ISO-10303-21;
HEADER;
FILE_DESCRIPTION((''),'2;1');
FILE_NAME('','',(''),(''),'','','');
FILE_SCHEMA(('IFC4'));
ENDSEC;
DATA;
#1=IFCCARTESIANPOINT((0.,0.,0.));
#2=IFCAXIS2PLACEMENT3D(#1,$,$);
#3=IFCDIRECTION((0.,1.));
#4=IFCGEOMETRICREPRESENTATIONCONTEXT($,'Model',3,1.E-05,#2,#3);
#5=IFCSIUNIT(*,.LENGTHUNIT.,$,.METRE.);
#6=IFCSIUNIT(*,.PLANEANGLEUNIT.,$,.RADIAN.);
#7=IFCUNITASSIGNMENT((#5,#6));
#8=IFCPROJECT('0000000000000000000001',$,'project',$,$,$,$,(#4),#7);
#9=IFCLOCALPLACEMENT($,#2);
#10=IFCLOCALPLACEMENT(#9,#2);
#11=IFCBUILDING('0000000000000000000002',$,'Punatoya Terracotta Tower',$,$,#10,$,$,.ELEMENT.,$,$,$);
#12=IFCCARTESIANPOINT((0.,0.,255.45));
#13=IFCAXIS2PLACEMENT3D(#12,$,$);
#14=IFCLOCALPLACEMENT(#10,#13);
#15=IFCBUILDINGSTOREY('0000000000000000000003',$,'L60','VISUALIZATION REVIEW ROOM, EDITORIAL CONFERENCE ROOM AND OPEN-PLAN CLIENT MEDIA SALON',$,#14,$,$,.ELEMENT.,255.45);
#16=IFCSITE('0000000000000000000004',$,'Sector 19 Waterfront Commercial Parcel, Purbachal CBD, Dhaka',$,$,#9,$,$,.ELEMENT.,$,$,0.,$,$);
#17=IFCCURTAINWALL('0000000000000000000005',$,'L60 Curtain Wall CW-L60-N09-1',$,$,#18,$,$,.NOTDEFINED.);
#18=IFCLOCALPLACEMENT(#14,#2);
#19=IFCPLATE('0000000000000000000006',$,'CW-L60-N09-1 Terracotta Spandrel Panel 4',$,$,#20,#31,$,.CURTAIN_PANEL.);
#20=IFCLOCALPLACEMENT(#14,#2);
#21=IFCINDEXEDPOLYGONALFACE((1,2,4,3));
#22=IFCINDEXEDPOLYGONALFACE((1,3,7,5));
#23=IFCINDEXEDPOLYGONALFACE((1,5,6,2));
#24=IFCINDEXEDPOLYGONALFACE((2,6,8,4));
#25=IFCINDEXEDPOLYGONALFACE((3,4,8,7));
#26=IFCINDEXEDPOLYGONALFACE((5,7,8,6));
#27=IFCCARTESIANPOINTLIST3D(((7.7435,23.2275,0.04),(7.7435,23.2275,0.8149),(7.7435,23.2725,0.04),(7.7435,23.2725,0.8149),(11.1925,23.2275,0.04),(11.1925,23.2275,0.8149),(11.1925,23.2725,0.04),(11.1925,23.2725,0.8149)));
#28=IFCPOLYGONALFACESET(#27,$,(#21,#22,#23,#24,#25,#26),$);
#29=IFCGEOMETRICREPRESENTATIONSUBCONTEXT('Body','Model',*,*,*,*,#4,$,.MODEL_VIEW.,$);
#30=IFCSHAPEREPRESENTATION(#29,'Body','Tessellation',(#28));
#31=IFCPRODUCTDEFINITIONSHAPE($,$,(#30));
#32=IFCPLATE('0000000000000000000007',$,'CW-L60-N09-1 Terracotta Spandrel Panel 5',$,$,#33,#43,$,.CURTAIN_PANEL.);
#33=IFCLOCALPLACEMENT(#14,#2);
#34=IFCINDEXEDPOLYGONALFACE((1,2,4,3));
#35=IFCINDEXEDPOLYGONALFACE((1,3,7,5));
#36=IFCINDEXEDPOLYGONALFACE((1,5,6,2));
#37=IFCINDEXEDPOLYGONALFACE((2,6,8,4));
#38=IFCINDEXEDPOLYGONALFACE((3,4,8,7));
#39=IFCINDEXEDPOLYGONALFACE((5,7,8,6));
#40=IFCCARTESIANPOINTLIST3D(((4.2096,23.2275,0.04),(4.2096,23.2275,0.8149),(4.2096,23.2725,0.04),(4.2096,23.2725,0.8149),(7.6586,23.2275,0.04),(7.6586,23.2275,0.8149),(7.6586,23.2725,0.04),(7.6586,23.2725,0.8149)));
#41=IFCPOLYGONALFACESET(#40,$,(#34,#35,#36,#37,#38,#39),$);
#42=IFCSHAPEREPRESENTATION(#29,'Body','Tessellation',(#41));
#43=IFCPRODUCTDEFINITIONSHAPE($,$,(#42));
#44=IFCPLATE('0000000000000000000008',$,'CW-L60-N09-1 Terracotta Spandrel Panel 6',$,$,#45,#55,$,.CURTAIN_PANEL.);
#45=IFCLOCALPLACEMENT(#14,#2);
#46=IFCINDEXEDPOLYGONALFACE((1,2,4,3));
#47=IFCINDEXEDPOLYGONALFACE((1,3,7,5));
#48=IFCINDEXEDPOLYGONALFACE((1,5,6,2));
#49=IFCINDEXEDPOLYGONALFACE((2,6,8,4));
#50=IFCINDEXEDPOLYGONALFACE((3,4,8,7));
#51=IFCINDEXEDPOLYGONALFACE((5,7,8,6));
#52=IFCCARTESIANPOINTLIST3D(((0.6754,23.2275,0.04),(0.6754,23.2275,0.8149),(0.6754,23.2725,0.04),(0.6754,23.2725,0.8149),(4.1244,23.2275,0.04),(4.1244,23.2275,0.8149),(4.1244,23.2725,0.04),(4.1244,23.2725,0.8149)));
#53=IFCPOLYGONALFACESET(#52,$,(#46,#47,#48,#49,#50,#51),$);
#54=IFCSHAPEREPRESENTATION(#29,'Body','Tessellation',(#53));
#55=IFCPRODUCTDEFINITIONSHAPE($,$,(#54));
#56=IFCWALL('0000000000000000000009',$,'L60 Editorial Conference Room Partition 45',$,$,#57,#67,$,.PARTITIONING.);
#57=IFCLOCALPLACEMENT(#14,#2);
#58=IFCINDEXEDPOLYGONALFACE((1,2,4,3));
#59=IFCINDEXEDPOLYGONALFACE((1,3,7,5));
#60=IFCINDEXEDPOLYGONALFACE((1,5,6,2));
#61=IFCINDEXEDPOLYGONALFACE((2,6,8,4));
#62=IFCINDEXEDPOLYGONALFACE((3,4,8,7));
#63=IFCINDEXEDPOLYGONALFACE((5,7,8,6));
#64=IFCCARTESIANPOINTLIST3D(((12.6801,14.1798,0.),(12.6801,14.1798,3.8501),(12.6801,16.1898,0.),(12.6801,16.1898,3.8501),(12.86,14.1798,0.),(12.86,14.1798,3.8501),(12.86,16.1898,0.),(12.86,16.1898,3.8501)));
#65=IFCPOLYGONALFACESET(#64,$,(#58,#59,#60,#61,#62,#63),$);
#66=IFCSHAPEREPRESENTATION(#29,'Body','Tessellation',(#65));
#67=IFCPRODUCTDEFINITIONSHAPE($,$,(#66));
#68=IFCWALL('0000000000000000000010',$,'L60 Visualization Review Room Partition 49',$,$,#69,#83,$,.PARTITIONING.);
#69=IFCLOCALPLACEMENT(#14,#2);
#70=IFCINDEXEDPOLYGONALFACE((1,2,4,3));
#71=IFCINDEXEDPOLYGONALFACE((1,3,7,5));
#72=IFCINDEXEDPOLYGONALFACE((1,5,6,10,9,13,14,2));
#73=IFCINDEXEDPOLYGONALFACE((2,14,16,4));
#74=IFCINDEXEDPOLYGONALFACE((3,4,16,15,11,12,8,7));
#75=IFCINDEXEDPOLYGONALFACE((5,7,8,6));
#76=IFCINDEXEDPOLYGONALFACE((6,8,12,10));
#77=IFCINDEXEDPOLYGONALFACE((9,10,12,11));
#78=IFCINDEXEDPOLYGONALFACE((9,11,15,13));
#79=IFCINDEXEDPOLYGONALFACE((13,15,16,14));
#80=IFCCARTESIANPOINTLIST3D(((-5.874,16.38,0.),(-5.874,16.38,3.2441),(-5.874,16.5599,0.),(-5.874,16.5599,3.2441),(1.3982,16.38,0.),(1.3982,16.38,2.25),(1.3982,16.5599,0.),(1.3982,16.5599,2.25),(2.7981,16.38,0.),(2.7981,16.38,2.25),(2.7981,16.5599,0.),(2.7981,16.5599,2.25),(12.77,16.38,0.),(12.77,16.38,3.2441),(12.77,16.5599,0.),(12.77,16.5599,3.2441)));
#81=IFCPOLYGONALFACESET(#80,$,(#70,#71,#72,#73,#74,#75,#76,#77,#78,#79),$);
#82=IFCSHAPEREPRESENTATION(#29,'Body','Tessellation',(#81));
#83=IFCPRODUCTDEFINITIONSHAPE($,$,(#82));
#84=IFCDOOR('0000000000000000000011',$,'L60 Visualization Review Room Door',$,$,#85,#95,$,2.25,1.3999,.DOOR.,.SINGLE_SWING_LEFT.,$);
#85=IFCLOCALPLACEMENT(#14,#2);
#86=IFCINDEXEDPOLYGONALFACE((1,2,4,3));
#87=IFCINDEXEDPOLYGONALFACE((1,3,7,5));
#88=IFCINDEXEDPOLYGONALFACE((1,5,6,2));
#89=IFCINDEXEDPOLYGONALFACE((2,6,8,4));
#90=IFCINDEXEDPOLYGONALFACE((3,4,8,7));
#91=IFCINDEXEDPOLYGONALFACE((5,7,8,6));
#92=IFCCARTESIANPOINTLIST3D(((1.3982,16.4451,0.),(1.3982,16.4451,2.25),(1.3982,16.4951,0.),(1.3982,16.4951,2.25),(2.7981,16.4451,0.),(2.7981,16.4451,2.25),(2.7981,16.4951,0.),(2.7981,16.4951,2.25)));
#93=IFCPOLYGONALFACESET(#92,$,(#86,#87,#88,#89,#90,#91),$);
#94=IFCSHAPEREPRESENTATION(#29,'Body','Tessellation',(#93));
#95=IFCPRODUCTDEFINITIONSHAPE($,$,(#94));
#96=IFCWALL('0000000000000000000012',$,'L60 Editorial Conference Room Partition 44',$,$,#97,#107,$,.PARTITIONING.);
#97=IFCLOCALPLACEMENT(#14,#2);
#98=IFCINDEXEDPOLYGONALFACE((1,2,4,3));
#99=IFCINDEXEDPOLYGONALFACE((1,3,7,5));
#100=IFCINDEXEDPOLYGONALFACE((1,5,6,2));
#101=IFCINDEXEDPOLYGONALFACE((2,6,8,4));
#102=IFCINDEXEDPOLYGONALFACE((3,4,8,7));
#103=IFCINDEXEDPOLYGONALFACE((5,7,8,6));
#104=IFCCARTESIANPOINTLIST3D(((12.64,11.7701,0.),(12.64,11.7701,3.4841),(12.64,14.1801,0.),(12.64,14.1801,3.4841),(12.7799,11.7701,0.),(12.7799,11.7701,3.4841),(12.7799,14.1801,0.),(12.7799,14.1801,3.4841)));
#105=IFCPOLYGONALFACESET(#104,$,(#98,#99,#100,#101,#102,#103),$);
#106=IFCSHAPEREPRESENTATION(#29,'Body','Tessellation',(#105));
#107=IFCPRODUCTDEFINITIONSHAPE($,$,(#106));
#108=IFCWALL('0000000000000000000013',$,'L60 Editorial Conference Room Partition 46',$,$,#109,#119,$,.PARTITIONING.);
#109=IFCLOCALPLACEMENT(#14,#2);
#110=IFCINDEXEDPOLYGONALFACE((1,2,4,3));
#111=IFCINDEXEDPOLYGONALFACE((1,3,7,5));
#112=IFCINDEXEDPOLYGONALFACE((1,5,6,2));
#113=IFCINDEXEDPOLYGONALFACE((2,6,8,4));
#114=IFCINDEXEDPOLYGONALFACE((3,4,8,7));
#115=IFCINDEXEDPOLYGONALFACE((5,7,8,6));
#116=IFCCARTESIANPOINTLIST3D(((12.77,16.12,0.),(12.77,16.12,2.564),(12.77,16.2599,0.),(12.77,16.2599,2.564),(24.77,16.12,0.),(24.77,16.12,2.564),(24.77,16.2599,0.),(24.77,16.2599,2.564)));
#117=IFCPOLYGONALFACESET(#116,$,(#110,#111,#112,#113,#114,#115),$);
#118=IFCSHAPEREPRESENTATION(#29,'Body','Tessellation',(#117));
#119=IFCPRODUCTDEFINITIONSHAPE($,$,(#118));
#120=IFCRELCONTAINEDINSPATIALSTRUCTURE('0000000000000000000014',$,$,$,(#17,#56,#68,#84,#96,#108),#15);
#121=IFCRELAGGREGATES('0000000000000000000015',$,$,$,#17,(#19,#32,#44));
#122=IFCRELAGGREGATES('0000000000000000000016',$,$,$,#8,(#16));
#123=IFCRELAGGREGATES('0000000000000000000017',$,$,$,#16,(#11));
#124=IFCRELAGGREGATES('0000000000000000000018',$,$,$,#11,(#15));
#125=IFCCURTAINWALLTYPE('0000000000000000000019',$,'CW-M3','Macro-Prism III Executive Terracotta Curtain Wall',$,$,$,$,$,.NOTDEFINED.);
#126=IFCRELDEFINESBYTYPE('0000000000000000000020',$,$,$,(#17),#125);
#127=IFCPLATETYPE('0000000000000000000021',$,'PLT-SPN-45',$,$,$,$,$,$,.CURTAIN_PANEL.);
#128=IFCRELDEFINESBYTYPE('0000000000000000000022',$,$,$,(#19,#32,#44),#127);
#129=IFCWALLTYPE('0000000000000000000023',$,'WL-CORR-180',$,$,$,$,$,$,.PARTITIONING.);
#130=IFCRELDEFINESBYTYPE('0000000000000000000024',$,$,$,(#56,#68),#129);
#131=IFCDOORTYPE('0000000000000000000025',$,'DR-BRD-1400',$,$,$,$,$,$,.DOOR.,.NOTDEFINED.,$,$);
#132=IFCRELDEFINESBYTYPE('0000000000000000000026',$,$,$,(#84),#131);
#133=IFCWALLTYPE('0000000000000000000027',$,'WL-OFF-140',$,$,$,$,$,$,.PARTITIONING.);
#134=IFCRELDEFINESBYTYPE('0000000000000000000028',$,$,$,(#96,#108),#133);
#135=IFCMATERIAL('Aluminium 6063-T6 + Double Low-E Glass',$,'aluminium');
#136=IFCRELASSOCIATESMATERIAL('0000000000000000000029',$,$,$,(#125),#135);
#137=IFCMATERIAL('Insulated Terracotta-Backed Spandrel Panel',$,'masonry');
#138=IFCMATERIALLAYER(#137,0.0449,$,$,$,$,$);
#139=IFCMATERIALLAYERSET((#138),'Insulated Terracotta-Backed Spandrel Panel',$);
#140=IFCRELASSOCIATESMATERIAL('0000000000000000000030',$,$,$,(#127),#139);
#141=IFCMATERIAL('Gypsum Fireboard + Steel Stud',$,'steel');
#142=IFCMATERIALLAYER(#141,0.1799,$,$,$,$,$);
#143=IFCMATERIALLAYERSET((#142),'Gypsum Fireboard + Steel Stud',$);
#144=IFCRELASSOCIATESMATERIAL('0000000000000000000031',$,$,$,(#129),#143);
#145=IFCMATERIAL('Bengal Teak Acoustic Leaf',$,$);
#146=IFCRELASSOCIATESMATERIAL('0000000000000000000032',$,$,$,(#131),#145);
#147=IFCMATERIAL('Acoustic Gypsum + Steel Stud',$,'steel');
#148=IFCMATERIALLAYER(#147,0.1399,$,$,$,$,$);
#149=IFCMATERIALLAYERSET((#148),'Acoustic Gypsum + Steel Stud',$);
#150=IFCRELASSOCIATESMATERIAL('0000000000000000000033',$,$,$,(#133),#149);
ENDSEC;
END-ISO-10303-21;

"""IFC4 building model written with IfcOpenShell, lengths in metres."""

from ifc_helpers import new_model, si_unit, direction, frame, frame_2d, origin, origin_2d, place, context, subcontext, project, spatial, rectangle, extrude, material, layer, layer_set, type_object, element, fill, aggregate, save


model = new_model("IFC4")

# Units and contexts
model_context = context("Model", 3, precision=1e-05, world=origin(), true_north=direction((0.0, 1.0)))
body_context = subcontext(model_context, "Body", "Model", "MODEL_VIEW")
ifc_project = project(units=[si_unit("LENGTHUNIT", "METRE"), si_unit("PLANEANGLEUNIT", "RADIAN")], contexts=[model_context])

# Site, building, storey
site_placement = place(None, origin())
site = spatial("IfcSite", under=ifc_project, at=site_placement, Name="Sector 19 Waterfront Commercial Parcel, Purbachal CBD, Dhaka", CompositionType="ELEMENT", RefElevation=0.0)
building_placement = place(site_placement, origin())
building = spatial("IfcBuilding", under=site, at=building_placement, Name="Punatoya Terracotta Tower", CompositionType="ELEMENT")
storey_placement = place(building_placement, frame((0.0, 0.0, 255.45)))
storey = spatial("IfcBuildingStorey", under=building, at=storey_placement, Name="L60", Description="VISUALIZATION REVIEW ROOM, EDITORIAL CONFERENCE ROOM AND OPEN-PLAN CLIENT MEDIA SALON", CompositionType="ELEMENT", Elevation=255.45)

# Curtain wall, plates
ifc_material_1 = material(Name="Aluminium 6063-T6 + Double Low-E Glass", Category="aluminium")
curtain_wall_type = type_object("IfcCurtainWallType", Name="CW-M3", Description="Macro-Prism III Executive Terracotta Curtain Wall", PredefinedType="NOTDEFINED", material=ifc_material_1)
curtain_wall_placement = place(storey_placement, origin())
curtain_wall = element("IfcCurtainWall", 1, at=curtain_wall_placement, inside=storey, type_object=curtain_wall_type, Name="L60 Curtain Wall CW-L60-N09-1", PredefinedType="NOTDEFINED")
ifc_material_2 = material(Name="Insulated Terracotta-Backed Spandrel Panel", Category="masonry")
ifc_layer_1 = layer(ifc_material_2, 0.0449)
ifc_layer_set_1 = layer_set([ifc_layer_1], Name="Insulated Terracotta-Backed Spandrel Panel")
plate_type_1 = type_object("IfcPlateType", Name="PLT-SPN-45", PredefinedType="CURTAIN_PANEL", material=ifc_layer_set_1)
plate_1_placement = place(storey_placement, frame((9.468, 23.25, 0.04), z_axis=(0.0, 0.0, 1.0), x_axis=(-1.0, 0.0, 0.0)))
plate_1 = element("IfcPlate", 2, at=plate_1_placement, type_object=plate_type_1, Name="CW-L60-N09-1 Terracotta Spandrel Panel 4", PredefinedType="CURTAIN_PANEL", context=body_context, shape_type="SweptSolid", body=[
    extrude(rectangle(XDim=3.449, YDim=0.0449, at=origin_2d()), origin(), (0.0, 0.0, 1.0), 0.7749),
])
plate_2_placement = place(storey_placement, frame((5.9341, 23.25, 0.04), z_axis=(0.0, 0.0, 1.0), x_axis=(-1.0, 0.0, 0.0)))
plate_2 = element("IfcPlate", 3, at=plate_2_placement, type_object=plate_type_1, Name="CW-L60-N09-1 Terracotta Spandrel Panel 5", PredefinedType="CURTAIN_PANEL", context=body_context, shape_type="SweptSolid", body=[
    extrude(rectangle(XDim=3.449, YDim=0.0449, at=origin_2d()), origin(), (0.0, 0.0, 1.0), 0.7749),
])
plate_3_placement = place(storey_placement, frame((2.3999, 23.25, 0.04), z_axis=(0.0, 0.0, 1.0), x_axis=(-1.0, 0.0, 0.0)))
plate_3 = element("IfcPlate", 4, at=plate_3_placement, type_object=plate_type_1, Name="CW-L60-N09-1 Terracotta Spandrel Panel 6", PredefinedType="CURTAIN_PANEL", context=body_context, shape_type="SweptSolid", body=[
    extrude(rectangle(XDim=3.449, YDim=0.0449, at=origin_2d()), origin(), (0.0, 0.0, 1.0), 0.7749),
])
aggregate(curtain_wall, [plate_1, plate_2, plate_3])

# Wall
ifc_material_3 = material(Name="Gypsum Fireboard + Steel Stud", Category="steel")
ifc_layer_2 = layer(ifc_material_3, 0.1799)
ifc_layer_set_2 = layer_set([ifc_layer_2], Name="Gypsum Fireboard + Steel Stud")
wall_type_1 = type_object("IfcWallType", Name="WL-CORR-180", PredefinedType="PARTITIONING", material=ifc_layer_set_2)
wall_1_placement = place(storey_placement, frame((12.77, 14.1799, 0.0), z_axis=(0.0, 0.0, 1.0), x_axis=(0.0, 1.0, 0.0)))
element("IfcWall", 5, at=wall_1_placement, inside=storey, type_object=wall_type_1, Name="L60 Editorial Conference Room Partition 45", PredefinedType="PARTITIONING", context=body_context, shape_type="SweptSolid", body=[
    extrude(rectangle(XDim=2.01, YDim=0.1799, at=frame_2d((1.0049, 0.0))), origin(), (0.0, 0.0, 1.0), 3.8501),
])

# Wall, opening, door
wall_2_placement = place(storey_placement, frame((12.77, 16.47, 0.0), z_axis=(0.0, 0.0, 1.0), x_axis=(-1.0, 0.0, 0.0)))
wall_2 = element("IfcWall", 6, at=wall_2_placement, inside=storey, type_object=wall_type_1, Name="L60 Visualization Review Room Partition 49", PredefinedType="PARTITIONING", context=body_context, shape_type="SweptSolid", body=[
    extrude(rectangle(XDim=18.644, YDim=0.1799, at=frame_2d((9.322, 0.0))), origin(), (0.0, 0.0, 1.0), 3.2441),
])
opening_placement = place(wall_2_placement, frame((9.9719, 0.0, 0.0)))
opening = element("IfcOpeningElement", 7, at=opening_placement, cuts=wall_2, PredefinedType="OPENING", context=body_context, shape_type="SweptSolid", body=[
    extrude(rectangle(XDim=1.3999, YDim=2.25, at=frame_2d((0.7, 1.125))), frame((0.0, 0.0999, 0.0), z_axis=(0.0, -1.0, 0.0), x_axis=(1.0, 0.0, 0.0)), (0.0, 0.0, 1.0), 0.2),
])
ifc_material_4 = material(Name="Bengal Teak Acoustic Leaf")
door_type = type_object("IfcDoorType", Name="DR-BRD-1400", OperationType="NOTDEFINED", PredefinedType="DOOR", material=ifc_material_4)
door_placement = place(opening_placement, origin())
door = element("IfcDoor", 8, at=door_placement, inside=storey, type_object=door_type, Name="L60 Visualization Review Room Door", OperationType="SINGLE_SWING_LEFT", OverallHeight=2.25, OverallWidth=1.3999, PredefinedType="DOOR", context=body_context, shape_type="SweptSolid", body=[
    extrude(rectangle(XDim=1.3999, YDim=2.25, at=frame_2d((0.7, 1.125))), frame((0.0, 0.0249, 0.0), z_axis=(0.0, -1.0, 0.0), x_axis=(1.0, 0.0, 0.0)), (0.0, 0.0, 1.0), 0.05),
])
fill(opening, door)

# Walls
ifc_material_5 = material(Name="Acoustic Gypsum + Steel Stud", Category="steel")
ifc_layer_3 = layer(ifc_material_5, 0.1399)
ifc_layer_set_3 = layer_set([ifc_layer_3], Name="Acoustic Gypsum + Steel Stud")
wall_type_2 = type_object("IfcWallType", Name="WL-OFF-140", PredefinedType="PARTITIONING", material=ifc_layer_set_3)
wall_3_placement = place(storey_placement, frame((12.71, 11.77, 0.0), z_axis=(0.0, 0.0, 1.0), x_axis=(0.0, 1.0, 0.0)))
element("IfcWall", 9, at=wall_3_placement, inside=storey, type_object=wall_type_2, Name="L60 Editorial Conference Room Partition 44", PredefinedType="PARTITIONING", context=body_context, shape_type="SweptSolid", body=[
    extrude(rectangle(XDim=2.4099, YDim=0.1399, at=frame_2d((1.2051, 0.0))), origin(), (0.0, 0.0, 1.0), 3.4841),
])
wall_4_placement = place(storey_placement, frame((12.77, 16.1899, 0.0), z_axis=(0.0, 0.0, 1.0), x_axis=(1.0, 0.0, 0.0)))
element("IfcWall", 10, at=wall_4_placement, inside=storey, type_object=wall_type_2, Name="L60 Editorial Conference Room Partition 46", PredefinedType="PARTITIONING", context=body_context, shape_type="SweptSolid", body=[
    extrude(rectangle(XDim=12.0, YDim=0.1399, at=frame_2d((6.0, 0.0))), origin(), (0.0, 0.0, 1.0), 2.564),
])

save(model, "model.ifc")
